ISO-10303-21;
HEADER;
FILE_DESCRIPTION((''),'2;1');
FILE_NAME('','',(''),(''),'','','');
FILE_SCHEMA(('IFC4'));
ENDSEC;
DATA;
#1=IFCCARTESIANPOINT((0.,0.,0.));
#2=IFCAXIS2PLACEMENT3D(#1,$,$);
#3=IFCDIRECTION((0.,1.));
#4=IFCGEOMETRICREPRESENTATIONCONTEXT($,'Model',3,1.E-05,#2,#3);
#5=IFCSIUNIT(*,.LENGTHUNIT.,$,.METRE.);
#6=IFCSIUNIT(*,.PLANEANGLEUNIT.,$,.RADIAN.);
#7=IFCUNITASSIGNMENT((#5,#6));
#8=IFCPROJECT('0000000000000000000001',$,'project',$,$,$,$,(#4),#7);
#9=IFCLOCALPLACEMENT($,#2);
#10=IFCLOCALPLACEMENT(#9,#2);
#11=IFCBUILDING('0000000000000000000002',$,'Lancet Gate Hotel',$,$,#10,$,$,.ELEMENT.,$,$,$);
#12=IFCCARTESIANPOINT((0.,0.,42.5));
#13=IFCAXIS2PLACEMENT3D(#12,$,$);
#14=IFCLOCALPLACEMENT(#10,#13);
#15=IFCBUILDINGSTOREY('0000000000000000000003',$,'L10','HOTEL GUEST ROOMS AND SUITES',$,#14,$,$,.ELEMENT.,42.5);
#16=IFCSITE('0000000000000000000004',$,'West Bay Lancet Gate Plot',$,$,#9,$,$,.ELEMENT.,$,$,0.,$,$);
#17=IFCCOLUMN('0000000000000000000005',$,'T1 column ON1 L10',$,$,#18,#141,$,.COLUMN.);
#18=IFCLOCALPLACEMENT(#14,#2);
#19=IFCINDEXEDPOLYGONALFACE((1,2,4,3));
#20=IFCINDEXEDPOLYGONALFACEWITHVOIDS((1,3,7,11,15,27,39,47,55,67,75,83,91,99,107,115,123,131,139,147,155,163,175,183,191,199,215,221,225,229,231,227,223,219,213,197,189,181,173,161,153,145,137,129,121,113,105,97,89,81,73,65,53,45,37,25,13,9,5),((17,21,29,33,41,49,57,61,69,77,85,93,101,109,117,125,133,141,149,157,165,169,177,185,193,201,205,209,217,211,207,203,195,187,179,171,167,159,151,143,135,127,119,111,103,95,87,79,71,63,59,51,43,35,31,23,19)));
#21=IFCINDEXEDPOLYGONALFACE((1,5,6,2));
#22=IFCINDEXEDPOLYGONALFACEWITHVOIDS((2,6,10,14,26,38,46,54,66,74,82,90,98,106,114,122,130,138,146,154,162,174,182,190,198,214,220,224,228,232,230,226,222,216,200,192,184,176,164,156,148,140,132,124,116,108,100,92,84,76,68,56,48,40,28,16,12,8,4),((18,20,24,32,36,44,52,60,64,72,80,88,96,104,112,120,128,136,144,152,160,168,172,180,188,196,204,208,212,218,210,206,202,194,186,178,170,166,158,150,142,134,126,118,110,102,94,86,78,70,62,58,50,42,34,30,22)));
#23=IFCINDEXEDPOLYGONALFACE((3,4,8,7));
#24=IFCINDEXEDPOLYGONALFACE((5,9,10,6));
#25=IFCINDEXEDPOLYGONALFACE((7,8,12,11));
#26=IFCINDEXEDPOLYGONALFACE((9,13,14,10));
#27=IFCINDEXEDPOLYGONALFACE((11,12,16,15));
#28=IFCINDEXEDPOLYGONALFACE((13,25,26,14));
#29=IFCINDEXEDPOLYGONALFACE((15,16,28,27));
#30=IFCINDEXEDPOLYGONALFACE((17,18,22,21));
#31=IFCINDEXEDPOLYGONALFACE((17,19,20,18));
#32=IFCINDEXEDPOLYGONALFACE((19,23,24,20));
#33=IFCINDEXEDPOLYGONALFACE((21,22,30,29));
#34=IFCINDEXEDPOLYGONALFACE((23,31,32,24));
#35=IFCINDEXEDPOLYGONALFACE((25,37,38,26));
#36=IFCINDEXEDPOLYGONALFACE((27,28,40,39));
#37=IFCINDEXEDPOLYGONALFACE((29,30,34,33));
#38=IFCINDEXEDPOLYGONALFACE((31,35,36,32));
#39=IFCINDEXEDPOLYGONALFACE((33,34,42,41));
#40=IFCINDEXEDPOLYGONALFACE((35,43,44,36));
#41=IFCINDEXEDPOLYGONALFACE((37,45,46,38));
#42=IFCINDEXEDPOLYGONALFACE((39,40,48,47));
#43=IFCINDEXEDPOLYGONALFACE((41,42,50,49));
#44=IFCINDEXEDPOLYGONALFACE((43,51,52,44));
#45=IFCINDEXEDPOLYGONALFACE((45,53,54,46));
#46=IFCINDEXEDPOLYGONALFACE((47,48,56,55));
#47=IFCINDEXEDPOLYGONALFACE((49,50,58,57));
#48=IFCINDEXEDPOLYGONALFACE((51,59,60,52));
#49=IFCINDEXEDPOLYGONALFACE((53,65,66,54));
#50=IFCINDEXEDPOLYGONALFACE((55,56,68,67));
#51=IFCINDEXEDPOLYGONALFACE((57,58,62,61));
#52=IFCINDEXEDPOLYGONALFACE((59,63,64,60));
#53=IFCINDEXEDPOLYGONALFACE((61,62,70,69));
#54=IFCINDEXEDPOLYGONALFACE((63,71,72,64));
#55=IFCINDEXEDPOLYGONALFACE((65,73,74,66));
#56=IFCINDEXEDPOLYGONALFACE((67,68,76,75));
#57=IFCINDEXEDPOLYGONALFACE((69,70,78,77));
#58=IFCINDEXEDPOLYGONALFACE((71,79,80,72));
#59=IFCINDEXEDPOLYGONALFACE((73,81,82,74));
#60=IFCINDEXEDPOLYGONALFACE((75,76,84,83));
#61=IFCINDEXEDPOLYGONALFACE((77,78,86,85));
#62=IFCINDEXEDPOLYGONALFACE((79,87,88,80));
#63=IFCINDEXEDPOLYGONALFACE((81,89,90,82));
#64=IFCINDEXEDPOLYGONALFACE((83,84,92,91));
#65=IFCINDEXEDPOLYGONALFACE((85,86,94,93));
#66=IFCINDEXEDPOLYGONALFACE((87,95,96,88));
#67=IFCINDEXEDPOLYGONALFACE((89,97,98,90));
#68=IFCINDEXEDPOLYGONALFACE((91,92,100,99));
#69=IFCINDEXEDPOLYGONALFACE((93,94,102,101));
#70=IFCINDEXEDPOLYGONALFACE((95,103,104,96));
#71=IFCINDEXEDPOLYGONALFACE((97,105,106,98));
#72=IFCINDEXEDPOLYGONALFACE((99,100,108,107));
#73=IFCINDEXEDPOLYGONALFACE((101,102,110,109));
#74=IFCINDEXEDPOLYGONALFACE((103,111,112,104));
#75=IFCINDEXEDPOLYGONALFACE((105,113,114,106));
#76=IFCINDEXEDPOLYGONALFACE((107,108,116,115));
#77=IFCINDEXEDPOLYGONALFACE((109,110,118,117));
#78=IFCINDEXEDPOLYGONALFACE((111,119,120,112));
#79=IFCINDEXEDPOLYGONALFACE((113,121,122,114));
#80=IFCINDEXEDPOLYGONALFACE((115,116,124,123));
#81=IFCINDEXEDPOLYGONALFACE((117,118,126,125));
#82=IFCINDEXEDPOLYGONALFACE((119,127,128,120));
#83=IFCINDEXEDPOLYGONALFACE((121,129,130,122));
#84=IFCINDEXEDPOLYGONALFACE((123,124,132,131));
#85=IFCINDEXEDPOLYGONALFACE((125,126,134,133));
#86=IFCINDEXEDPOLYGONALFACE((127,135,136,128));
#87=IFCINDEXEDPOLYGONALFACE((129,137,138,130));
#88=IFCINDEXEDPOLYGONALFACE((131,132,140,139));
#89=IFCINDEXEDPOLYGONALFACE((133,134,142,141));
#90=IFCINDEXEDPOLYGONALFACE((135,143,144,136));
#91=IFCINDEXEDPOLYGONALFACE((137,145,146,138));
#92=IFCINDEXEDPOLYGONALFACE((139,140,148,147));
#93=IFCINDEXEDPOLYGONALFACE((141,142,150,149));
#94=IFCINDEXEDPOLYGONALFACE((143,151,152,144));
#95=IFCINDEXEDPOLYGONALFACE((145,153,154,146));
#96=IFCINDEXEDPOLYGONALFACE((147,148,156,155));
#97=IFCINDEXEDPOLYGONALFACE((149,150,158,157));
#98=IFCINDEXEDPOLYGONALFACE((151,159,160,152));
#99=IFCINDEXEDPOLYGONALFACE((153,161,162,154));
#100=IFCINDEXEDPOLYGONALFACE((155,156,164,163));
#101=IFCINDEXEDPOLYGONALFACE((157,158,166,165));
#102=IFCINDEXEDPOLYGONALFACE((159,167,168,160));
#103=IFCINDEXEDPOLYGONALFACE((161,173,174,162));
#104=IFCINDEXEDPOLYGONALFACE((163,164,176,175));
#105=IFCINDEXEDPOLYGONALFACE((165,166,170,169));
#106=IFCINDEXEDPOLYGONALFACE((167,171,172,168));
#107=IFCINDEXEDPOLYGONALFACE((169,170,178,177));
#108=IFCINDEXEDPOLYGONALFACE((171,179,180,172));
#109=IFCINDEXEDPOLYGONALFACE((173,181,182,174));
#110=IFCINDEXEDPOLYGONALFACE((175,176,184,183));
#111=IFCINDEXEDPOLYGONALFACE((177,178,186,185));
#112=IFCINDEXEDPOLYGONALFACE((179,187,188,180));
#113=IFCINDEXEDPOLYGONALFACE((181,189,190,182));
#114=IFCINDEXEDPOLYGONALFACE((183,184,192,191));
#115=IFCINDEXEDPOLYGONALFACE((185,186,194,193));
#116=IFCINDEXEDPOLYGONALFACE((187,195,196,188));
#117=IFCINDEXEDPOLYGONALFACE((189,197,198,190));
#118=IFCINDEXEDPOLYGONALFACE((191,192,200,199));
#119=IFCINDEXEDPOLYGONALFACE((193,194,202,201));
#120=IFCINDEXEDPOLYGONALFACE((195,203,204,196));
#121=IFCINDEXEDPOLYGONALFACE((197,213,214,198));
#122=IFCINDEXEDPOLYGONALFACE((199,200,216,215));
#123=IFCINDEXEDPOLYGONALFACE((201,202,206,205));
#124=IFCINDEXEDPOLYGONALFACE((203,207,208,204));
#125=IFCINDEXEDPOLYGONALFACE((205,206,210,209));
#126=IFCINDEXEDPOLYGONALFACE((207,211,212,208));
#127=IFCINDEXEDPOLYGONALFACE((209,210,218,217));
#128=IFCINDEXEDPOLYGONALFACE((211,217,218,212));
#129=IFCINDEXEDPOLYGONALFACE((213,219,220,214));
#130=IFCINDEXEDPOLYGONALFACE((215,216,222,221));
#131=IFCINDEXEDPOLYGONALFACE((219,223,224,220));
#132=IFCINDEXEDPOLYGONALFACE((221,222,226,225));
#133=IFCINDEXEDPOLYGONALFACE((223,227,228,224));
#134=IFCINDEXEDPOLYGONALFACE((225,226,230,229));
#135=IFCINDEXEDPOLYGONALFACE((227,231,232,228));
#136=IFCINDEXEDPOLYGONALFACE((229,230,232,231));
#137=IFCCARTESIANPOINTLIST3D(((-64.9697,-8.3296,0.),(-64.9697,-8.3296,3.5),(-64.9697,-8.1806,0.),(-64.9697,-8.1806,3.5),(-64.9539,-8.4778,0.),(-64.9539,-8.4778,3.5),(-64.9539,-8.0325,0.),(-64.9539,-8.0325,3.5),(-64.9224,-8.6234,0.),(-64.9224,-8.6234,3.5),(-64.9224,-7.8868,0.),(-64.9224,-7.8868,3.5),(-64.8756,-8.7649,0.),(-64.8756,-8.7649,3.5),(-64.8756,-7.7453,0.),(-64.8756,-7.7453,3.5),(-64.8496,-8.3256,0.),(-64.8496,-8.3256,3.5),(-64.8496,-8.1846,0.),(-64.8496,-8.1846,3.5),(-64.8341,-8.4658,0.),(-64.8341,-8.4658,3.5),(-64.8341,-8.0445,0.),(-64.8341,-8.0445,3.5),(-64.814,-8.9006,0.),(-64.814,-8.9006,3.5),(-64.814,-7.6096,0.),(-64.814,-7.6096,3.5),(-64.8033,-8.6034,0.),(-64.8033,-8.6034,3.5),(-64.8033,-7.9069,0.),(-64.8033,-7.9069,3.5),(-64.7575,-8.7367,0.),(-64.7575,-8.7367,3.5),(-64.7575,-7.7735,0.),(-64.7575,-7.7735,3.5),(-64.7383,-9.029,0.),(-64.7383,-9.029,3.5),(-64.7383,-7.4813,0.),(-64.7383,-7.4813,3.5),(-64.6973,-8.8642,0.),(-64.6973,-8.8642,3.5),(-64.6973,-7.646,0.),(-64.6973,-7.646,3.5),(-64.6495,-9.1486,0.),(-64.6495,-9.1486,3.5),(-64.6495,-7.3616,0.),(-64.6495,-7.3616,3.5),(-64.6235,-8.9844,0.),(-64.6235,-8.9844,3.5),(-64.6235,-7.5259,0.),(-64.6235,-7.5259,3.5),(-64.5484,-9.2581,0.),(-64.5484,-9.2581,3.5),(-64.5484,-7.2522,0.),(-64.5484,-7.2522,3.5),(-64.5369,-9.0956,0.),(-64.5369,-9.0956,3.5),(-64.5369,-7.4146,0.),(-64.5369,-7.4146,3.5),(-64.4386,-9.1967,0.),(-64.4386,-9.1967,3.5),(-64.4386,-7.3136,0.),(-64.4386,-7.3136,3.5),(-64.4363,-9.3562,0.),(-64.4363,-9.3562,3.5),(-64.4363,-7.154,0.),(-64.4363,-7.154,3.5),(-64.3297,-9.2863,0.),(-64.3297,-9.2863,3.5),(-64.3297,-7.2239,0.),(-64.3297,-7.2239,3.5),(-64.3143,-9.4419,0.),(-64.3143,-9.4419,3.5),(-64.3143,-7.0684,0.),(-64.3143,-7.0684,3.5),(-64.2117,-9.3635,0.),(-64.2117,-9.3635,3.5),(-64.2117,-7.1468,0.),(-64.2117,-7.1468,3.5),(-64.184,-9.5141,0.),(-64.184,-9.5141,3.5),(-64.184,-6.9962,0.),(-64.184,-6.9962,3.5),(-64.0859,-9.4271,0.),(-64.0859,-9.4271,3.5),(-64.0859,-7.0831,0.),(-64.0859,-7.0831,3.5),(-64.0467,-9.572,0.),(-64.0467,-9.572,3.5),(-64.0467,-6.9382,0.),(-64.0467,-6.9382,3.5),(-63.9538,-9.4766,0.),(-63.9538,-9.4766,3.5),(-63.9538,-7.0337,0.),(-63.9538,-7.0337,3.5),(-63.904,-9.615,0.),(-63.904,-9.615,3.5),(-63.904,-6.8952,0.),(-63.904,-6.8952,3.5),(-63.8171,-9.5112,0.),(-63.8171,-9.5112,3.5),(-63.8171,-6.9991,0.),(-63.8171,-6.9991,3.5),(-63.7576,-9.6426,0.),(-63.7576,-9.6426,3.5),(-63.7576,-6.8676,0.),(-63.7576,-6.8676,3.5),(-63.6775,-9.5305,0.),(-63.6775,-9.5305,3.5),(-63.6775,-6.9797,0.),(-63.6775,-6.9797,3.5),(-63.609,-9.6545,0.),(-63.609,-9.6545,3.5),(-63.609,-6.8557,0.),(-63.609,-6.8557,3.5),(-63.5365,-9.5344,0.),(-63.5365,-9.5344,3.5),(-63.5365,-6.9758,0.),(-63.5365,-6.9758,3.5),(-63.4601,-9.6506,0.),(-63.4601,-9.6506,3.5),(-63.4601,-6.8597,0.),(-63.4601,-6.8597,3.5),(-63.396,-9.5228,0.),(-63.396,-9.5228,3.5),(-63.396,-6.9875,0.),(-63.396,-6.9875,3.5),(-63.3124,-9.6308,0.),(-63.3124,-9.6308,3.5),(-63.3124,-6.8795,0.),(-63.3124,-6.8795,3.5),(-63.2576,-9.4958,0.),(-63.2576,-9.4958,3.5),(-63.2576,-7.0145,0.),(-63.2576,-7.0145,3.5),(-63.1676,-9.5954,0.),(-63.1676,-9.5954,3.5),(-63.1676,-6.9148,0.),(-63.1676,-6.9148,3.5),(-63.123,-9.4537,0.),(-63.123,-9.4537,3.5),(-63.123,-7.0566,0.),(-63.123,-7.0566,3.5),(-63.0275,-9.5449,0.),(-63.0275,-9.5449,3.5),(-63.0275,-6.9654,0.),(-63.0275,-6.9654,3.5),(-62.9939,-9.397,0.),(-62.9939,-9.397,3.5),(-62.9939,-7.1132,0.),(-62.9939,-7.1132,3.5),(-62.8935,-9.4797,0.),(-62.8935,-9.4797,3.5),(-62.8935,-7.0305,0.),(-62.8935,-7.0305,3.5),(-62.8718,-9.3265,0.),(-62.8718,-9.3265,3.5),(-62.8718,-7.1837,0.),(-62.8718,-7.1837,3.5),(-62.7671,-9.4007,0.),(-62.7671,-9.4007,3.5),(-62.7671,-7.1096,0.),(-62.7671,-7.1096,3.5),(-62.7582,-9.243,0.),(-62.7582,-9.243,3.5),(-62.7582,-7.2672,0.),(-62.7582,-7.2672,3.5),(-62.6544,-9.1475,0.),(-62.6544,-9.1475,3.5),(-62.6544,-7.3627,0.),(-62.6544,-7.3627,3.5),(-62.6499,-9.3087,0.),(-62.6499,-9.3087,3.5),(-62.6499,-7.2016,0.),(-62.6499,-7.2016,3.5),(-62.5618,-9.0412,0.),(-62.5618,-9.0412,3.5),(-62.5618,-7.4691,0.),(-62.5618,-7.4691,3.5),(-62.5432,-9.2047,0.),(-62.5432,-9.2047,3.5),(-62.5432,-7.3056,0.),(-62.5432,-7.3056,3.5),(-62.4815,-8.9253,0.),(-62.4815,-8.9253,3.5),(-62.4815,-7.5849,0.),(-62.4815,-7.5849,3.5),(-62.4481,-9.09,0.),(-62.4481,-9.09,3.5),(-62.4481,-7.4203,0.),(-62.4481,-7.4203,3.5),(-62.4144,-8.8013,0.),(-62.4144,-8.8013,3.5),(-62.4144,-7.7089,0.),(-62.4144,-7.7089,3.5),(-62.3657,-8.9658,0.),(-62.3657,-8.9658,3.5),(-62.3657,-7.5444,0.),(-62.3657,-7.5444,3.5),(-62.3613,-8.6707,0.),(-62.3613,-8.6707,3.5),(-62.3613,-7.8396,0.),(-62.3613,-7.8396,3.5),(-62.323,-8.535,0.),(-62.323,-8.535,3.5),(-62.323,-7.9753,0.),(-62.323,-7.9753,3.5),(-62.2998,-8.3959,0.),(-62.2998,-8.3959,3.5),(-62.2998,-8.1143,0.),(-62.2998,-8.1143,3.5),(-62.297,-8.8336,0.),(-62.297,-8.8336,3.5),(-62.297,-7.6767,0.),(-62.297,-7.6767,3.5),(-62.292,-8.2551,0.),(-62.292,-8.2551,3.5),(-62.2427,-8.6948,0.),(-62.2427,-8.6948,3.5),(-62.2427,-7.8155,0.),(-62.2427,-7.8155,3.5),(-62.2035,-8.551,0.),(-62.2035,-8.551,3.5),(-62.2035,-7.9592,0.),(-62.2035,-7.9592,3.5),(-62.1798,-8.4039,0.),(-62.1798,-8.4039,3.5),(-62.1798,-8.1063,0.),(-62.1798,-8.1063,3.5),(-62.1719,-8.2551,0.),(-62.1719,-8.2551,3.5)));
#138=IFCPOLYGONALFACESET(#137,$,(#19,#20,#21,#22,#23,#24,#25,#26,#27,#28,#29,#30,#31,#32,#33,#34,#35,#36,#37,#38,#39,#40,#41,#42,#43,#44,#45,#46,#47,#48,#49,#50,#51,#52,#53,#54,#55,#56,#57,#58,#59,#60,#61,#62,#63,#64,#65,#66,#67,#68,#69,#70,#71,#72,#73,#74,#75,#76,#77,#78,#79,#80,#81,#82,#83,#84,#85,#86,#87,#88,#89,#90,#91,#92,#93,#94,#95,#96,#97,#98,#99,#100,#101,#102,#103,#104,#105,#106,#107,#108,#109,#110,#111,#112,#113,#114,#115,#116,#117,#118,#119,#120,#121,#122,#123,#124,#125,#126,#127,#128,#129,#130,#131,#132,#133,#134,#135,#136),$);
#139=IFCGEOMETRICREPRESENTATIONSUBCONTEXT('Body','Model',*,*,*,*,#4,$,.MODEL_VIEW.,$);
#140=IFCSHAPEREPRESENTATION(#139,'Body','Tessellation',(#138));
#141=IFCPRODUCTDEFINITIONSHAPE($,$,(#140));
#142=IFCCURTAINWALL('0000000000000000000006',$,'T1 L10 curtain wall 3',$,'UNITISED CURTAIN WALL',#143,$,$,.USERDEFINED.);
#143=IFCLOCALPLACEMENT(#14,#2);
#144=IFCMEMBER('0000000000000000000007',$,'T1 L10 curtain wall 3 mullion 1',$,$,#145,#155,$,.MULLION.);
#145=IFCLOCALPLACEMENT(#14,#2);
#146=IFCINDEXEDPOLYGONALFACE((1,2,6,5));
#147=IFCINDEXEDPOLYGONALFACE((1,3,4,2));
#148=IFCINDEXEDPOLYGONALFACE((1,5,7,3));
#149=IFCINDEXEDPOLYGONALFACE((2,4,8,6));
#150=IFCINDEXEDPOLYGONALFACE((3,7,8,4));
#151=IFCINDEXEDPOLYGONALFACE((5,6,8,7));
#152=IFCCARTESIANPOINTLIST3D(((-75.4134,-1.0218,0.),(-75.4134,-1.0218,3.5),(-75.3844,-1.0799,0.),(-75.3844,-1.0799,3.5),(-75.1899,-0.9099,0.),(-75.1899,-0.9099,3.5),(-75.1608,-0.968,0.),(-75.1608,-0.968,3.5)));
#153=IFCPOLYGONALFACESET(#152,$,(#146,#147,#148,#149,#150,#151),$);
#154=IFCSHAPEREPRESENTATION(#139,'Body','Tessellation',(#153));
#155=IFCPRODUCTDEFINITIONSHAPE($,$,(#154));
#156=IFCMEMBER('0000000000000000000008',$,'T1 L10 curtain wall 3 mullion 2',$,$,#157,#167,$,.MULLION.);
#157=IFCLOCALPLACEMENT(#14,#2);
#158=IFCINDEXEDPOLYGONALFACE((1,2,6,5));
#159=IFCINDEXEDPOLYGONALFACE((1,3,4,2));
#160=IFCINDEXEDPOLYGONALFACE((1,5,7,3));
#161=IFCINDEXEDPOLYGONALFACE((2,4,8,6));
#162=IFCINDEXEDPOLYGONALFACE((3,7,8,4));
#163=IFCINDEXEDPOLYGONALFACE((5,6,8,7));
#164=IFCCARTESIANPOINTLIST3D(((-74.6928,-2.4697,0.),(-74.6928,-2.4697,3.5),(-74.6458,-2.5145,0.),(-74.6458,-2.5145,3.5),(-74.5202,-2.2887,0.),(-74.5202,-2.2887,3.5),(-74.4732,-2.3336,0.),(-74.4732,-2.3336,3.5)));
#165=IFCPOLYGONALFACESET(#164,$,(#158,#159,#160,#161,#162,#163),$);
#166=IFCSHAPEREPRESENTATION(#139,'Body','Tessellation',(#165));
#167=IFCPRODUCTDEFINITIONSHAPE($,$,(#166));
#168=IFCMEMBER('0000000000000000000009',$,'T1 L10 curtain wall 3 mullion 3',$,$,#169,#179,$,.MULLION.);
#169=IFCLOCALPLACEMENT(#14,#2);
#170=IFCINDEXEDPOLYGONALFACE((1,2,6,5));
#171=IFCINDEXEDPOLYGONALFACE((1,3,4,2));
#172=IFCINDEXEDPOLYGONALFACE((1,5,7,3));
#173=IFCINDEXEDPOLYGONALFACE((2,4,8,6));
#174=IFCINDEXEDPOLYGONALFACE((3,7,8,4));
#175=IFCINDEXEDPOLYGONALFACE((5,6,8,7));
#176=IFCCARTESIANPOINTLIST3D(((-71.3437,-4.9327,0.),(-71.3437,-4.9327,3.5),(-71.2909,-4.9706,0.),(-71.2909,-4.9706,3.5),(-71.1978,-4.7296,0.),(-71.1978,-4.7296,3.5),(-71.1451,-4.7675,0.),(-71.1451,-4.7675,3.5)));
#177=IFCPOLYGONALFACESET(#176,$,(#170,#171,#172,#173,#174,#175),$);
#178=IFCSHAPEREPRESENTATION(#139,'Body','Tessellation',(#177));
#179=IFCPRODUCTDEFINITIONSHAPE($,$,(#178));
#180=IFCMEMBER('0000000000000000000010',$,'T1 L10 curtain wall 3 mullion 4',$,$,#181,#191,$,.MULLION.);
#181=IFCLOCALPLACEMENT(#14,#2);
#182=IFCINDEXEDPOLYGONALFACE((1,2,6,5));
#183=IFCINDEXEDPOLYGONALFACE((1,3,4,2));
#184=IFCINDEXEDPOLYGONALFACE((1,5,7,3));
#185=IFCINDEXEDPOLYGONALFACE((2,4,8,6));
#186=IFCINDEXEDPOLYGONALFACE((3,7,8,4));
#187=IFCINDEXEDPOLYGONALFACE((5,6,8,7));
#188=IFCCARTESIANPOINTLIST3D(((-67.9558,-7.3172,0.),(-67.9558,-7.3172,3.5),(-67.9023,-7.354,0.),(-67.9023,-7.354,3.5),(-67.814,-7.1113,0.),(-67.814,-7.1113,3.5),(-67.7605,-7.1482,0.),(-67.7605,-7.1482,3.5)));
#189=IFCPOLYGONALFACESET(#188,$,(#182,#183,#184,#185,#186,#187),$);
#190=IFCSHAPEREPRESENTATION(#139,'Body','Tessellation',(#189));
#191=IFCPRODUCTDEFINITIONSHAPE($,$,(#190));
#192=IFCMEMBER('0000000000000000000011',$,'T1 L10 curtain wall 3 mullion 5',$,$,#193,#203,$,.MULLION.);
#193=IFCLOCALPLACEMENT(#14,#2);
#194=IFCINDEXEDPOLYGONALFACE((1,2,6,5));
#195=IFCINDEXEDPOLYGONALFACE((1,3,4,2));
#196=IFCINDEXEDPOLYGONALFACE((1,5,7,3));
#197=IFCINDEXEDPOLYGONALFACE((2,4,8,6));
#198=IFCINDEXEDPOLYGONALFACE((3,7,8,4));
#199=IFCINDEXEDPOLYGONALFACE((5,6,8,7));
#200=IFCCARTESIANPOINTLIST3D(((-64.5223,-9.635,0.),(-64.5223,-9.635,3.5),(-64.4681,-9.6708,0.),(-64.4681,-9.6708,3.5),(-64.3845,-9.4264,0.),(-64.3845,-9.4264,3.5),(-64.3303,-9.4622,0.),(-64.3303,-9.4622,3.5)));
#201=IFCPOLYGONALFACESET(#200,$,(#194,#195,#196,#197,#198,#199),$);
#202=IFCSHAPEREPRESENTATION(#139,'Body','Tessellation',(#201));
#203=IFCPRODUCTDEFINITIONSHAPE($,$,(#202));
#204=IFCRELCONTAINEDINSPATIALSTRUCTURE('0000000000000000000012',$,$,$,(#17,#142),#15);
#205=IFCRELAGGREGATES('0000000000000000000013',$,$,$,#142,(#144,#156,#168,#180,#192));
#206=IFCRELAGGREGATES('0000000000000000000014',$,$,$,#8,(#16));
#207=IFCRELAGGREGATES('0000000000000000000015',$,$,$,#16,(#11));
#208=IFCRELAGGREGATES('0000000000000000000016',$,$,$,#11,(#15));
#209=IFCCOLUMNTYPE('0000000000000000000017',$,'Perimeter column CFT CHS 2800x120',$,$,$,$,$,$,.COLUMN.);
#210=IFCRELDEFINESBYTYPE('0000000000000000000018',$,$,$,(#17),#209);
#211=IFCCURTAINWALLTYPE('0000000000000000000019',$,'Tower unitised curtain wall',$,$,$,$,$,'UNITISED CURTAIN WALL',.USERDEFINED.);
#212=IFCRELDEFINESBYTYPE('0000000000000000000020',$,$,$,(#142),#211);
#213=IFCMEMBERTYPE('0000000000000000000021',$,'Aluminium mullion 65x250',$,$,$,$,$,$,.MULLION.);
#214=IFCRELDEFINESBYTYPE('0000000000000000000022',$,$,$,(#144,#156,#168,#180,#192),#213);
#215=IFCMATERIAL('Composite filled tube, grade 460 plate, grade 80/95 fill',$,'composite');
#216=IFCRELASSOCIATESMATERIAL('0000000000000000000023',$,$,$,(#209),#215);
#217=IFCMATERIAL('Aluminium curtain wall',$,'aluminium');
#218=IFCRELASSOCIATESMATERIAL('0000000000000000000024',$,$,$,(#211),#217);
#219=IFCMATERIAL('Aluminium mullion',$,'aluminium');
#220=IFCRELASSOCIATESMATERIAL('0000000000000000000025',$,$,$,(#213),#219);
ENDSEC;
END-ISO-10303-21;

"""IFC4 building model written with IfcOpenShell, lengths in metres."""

from ifc_helpers import new_model, si_unit, direction, frame, origin, origin_2d, place, context, subcontext, project, spatial, rectangle, hollow_circle, extrude, material, material_profile, profile_set, type_object, element, aggregate, save


model = new_model("IFC4")

# Units and contexts
model_context = context("Model", 3, precision=1e-05, world=origin(), true_north=direction((0.0, 1.0)))
body_context = subcontext(model_context, "Body", "Model", "MODEL_VIEW")
ifc_project = project(units=[si_unit("LENGTHUNIT", "METRE"), si_unit("PLANEANGLEUNIT", "RADIAN")], contexts=[model_context])

# Site, building, storey
site_placement = place(None, origin())
site = spatial("IfcSite", under=ifc_project, at=site_placement, Name="West Bay Lancet Gate Plot", CompositionType="ELEMENT", RefElevation=0.0)
building_placement = place(site_placement, origin())
building = spatial("IfcBuilding", under=site, at=building_placement, Name="Lancet Gate Hotel", CompositionType="ELEMENT")
storey_placement = place(building_placement, frame((0.0, 0.0, 42.5)))
storey = spatial("IfcBuildingStorey", under=building, at=storey_placement, Name="L10", Description="HOTEL GUEST ROOMS AND SUITES", CompositionType="ELEMENT", Elevation=42.5)

# Column
ifc_material_1 = material(Name="Composite filled tube, grade 460 plate, grade 80/95 fill", Category="composite")
ifc_material_profile_1 = material_profile(ifc_material_1, hollow_circle(Radius=1.3999, WallThickness=0.1201, at=origin_2d()), Name="CHS 2800x120")
ifc_profile_set_1 = profile_set([ifc_material_profile_1], Name="Composite filled tube, grade 460 plate, grade 80/95 fill")
column_type_1 = type_object("IfcColumnType", Name="Perimeter column CFT CHS 2800x120", PredefinedType="COLUMN", material=ifc_profile_set_1)
column_1_placement = place(storey_placement, frame((-63.5718, -8.2551, 0.0), z_axis=(0.0, 0.0, 1.0), x_axis=(1.0, 0.0, 0.0)))
element("IfcColumn", 1, at=column_1_placement, inside=storey, type_object=column_type_1, Name="T1 column ON1 L10", PredefinedType="COLUMN", context=body_context, shape_type="SweptSolid", body=[
    extrude(hollow_circle(Radius=1.3999, WallThickness=0.1201, at=origin_2d()), origin(), (0.0, 0.0, 1.0), 3.5),
])

# Curtain wall, members
ifc_material_2 = material(Name="Aluminium curtain wall", Category="aluminium")
curtain_wall_type = type_object("IfcCurtainWallType", Name="Tower unitised curtain wall", ElementType="UNITISED CURTAIN WALL", PredefinedType="USERDEFINED", material=ifc_material_2)
curtain_wall_placement = place(storey_placement, origin())
curtain_wall = element("IfcCurtainWall", 2, at=curtain_wall_placement, inside=storey, type_object=curtain_wall_type, Name="T1 L10 curtain wall 3", ObjectType="UNITISED CURTAIN WALL", PredefinedType="USERDEFINED")
ifc_material_3 = material(Name="Aluminium mullion", Category="aluminium")
ifc_material_profile_2 = material_profile(ifc_material_3, rectangle(XDim=0.0649, YDim=0.25, at=origin_2d()), Name="MULLION 65x250")
ifc_profile_set_2 = profile_set([ifc_material_profile_2], Name="Aluminium mullion")
member_type_1 = type_object("IfcMemberType", Name="Aluminium mullion 65x250", PredefinedType="MULLION", material=ifc_profile_set_2)
member_1_placement = place(storey_placement, frame((-75.2871, -0.9949, 0.0), z_axis=(0.0, 0.0, 1.0), x_axis=(0.447628, -0.89422, 0.0)))
member_1 = element("IfcMember", 3, at=member_1_placement, type_object=member_type_1, Name="T1 L10 curtain wall 3 mullion 1", PredefinedType="MULLION", context=body_context, shape_type="SweptSolid", body=[
    extrude(rectangle(XDim=0.0649, YDim=0.25, at=origin_2d()), origin(), (0.0, 0.0, 1.0), 3.5),
])
member_2_placement = place(storey_placement, frame((-74.583, -2.4016, 0.0), z_axis=(0.0, 0.0, 1.0), x_axis=(0.723696, -0.690119, 0.0)))
member_2 = element("IfcMember", 4, at=member_2_placement, type_object=member_type_1, Name="T1 L10 curtain wall 3 mullion 2", PredefinedType="MULLION", context=body_context, shape_type="SweptSolid", body=[
    extrude(rectangle(XDim=0.0649, YDim=0.25, at=origin_2d()), origin(), (0.0, 0.0, 1.0), 3.5),
])
member_3_placement = place(storey_placement, frame((-71.2444, -4.8501, 0.0), z_axis=(0.0, 0.0, 1.0), x_axis=(0.812147, -0.583453, 0.0)))
member_3 = element("IfcMember", 5, at=member_3_placement, type_object=member_type_1, Name="T1 L10 curtain wall 3 mullion 3", PredefinedType="MULLION", context=body_context, shape_type="SweptSolid", body=[
    extrude(rectangle(XDim=0.0649, YDim=0.25, at=origin_2d()), origin(), (0.0, 0.0, 1.0), 3.5),
])
member_4_placement = place(storey_placement, frame((-67.8582, -7.2327, 0.0), z_axis=(0.0, 0.0, 1.0), x_axis=(0.823425, -0.567425, 0.0)))
member_4 = element("IfcMember", 6, at=member_4_placement, type_object=member_type_1, Name="T1 L10 curtain wall 3 mullion 4", PredefinedType="MULLION", context=body_context, shape_type="SweptSolid", body=[
    extrude(rectangle(XDim=0.0649, YDim=0.25, at=origin_2d()), origin(), (0.0, 0.0, 1.0), 3.5),
])
member_5_placement = place(storey_placement, frame((-64.4263, -9.5486, 0.0), z_axis=(0.0, 0.0, 1.0), x_axis=(0.834387, -0.551178, 0.0)))
member_5 = element("IfcMember", 7, at=member_5_placement, type_object=member_type_1, Name="T1 L10 curtain wall 3 mullion 5", PredefinedType="MULLION", context=body_context, shape_type="SweptSolid", body=[
    extrude(rectangle(XDim=0.0649, YDim=0.25, at=origin_2d()), origin(), (0.0, 0.0, 1.0), 3.5),
])

aggregate(curtain_wall, [member_1, member_2, member_3, member_4, member_5])

save(model, "model.ifc")
